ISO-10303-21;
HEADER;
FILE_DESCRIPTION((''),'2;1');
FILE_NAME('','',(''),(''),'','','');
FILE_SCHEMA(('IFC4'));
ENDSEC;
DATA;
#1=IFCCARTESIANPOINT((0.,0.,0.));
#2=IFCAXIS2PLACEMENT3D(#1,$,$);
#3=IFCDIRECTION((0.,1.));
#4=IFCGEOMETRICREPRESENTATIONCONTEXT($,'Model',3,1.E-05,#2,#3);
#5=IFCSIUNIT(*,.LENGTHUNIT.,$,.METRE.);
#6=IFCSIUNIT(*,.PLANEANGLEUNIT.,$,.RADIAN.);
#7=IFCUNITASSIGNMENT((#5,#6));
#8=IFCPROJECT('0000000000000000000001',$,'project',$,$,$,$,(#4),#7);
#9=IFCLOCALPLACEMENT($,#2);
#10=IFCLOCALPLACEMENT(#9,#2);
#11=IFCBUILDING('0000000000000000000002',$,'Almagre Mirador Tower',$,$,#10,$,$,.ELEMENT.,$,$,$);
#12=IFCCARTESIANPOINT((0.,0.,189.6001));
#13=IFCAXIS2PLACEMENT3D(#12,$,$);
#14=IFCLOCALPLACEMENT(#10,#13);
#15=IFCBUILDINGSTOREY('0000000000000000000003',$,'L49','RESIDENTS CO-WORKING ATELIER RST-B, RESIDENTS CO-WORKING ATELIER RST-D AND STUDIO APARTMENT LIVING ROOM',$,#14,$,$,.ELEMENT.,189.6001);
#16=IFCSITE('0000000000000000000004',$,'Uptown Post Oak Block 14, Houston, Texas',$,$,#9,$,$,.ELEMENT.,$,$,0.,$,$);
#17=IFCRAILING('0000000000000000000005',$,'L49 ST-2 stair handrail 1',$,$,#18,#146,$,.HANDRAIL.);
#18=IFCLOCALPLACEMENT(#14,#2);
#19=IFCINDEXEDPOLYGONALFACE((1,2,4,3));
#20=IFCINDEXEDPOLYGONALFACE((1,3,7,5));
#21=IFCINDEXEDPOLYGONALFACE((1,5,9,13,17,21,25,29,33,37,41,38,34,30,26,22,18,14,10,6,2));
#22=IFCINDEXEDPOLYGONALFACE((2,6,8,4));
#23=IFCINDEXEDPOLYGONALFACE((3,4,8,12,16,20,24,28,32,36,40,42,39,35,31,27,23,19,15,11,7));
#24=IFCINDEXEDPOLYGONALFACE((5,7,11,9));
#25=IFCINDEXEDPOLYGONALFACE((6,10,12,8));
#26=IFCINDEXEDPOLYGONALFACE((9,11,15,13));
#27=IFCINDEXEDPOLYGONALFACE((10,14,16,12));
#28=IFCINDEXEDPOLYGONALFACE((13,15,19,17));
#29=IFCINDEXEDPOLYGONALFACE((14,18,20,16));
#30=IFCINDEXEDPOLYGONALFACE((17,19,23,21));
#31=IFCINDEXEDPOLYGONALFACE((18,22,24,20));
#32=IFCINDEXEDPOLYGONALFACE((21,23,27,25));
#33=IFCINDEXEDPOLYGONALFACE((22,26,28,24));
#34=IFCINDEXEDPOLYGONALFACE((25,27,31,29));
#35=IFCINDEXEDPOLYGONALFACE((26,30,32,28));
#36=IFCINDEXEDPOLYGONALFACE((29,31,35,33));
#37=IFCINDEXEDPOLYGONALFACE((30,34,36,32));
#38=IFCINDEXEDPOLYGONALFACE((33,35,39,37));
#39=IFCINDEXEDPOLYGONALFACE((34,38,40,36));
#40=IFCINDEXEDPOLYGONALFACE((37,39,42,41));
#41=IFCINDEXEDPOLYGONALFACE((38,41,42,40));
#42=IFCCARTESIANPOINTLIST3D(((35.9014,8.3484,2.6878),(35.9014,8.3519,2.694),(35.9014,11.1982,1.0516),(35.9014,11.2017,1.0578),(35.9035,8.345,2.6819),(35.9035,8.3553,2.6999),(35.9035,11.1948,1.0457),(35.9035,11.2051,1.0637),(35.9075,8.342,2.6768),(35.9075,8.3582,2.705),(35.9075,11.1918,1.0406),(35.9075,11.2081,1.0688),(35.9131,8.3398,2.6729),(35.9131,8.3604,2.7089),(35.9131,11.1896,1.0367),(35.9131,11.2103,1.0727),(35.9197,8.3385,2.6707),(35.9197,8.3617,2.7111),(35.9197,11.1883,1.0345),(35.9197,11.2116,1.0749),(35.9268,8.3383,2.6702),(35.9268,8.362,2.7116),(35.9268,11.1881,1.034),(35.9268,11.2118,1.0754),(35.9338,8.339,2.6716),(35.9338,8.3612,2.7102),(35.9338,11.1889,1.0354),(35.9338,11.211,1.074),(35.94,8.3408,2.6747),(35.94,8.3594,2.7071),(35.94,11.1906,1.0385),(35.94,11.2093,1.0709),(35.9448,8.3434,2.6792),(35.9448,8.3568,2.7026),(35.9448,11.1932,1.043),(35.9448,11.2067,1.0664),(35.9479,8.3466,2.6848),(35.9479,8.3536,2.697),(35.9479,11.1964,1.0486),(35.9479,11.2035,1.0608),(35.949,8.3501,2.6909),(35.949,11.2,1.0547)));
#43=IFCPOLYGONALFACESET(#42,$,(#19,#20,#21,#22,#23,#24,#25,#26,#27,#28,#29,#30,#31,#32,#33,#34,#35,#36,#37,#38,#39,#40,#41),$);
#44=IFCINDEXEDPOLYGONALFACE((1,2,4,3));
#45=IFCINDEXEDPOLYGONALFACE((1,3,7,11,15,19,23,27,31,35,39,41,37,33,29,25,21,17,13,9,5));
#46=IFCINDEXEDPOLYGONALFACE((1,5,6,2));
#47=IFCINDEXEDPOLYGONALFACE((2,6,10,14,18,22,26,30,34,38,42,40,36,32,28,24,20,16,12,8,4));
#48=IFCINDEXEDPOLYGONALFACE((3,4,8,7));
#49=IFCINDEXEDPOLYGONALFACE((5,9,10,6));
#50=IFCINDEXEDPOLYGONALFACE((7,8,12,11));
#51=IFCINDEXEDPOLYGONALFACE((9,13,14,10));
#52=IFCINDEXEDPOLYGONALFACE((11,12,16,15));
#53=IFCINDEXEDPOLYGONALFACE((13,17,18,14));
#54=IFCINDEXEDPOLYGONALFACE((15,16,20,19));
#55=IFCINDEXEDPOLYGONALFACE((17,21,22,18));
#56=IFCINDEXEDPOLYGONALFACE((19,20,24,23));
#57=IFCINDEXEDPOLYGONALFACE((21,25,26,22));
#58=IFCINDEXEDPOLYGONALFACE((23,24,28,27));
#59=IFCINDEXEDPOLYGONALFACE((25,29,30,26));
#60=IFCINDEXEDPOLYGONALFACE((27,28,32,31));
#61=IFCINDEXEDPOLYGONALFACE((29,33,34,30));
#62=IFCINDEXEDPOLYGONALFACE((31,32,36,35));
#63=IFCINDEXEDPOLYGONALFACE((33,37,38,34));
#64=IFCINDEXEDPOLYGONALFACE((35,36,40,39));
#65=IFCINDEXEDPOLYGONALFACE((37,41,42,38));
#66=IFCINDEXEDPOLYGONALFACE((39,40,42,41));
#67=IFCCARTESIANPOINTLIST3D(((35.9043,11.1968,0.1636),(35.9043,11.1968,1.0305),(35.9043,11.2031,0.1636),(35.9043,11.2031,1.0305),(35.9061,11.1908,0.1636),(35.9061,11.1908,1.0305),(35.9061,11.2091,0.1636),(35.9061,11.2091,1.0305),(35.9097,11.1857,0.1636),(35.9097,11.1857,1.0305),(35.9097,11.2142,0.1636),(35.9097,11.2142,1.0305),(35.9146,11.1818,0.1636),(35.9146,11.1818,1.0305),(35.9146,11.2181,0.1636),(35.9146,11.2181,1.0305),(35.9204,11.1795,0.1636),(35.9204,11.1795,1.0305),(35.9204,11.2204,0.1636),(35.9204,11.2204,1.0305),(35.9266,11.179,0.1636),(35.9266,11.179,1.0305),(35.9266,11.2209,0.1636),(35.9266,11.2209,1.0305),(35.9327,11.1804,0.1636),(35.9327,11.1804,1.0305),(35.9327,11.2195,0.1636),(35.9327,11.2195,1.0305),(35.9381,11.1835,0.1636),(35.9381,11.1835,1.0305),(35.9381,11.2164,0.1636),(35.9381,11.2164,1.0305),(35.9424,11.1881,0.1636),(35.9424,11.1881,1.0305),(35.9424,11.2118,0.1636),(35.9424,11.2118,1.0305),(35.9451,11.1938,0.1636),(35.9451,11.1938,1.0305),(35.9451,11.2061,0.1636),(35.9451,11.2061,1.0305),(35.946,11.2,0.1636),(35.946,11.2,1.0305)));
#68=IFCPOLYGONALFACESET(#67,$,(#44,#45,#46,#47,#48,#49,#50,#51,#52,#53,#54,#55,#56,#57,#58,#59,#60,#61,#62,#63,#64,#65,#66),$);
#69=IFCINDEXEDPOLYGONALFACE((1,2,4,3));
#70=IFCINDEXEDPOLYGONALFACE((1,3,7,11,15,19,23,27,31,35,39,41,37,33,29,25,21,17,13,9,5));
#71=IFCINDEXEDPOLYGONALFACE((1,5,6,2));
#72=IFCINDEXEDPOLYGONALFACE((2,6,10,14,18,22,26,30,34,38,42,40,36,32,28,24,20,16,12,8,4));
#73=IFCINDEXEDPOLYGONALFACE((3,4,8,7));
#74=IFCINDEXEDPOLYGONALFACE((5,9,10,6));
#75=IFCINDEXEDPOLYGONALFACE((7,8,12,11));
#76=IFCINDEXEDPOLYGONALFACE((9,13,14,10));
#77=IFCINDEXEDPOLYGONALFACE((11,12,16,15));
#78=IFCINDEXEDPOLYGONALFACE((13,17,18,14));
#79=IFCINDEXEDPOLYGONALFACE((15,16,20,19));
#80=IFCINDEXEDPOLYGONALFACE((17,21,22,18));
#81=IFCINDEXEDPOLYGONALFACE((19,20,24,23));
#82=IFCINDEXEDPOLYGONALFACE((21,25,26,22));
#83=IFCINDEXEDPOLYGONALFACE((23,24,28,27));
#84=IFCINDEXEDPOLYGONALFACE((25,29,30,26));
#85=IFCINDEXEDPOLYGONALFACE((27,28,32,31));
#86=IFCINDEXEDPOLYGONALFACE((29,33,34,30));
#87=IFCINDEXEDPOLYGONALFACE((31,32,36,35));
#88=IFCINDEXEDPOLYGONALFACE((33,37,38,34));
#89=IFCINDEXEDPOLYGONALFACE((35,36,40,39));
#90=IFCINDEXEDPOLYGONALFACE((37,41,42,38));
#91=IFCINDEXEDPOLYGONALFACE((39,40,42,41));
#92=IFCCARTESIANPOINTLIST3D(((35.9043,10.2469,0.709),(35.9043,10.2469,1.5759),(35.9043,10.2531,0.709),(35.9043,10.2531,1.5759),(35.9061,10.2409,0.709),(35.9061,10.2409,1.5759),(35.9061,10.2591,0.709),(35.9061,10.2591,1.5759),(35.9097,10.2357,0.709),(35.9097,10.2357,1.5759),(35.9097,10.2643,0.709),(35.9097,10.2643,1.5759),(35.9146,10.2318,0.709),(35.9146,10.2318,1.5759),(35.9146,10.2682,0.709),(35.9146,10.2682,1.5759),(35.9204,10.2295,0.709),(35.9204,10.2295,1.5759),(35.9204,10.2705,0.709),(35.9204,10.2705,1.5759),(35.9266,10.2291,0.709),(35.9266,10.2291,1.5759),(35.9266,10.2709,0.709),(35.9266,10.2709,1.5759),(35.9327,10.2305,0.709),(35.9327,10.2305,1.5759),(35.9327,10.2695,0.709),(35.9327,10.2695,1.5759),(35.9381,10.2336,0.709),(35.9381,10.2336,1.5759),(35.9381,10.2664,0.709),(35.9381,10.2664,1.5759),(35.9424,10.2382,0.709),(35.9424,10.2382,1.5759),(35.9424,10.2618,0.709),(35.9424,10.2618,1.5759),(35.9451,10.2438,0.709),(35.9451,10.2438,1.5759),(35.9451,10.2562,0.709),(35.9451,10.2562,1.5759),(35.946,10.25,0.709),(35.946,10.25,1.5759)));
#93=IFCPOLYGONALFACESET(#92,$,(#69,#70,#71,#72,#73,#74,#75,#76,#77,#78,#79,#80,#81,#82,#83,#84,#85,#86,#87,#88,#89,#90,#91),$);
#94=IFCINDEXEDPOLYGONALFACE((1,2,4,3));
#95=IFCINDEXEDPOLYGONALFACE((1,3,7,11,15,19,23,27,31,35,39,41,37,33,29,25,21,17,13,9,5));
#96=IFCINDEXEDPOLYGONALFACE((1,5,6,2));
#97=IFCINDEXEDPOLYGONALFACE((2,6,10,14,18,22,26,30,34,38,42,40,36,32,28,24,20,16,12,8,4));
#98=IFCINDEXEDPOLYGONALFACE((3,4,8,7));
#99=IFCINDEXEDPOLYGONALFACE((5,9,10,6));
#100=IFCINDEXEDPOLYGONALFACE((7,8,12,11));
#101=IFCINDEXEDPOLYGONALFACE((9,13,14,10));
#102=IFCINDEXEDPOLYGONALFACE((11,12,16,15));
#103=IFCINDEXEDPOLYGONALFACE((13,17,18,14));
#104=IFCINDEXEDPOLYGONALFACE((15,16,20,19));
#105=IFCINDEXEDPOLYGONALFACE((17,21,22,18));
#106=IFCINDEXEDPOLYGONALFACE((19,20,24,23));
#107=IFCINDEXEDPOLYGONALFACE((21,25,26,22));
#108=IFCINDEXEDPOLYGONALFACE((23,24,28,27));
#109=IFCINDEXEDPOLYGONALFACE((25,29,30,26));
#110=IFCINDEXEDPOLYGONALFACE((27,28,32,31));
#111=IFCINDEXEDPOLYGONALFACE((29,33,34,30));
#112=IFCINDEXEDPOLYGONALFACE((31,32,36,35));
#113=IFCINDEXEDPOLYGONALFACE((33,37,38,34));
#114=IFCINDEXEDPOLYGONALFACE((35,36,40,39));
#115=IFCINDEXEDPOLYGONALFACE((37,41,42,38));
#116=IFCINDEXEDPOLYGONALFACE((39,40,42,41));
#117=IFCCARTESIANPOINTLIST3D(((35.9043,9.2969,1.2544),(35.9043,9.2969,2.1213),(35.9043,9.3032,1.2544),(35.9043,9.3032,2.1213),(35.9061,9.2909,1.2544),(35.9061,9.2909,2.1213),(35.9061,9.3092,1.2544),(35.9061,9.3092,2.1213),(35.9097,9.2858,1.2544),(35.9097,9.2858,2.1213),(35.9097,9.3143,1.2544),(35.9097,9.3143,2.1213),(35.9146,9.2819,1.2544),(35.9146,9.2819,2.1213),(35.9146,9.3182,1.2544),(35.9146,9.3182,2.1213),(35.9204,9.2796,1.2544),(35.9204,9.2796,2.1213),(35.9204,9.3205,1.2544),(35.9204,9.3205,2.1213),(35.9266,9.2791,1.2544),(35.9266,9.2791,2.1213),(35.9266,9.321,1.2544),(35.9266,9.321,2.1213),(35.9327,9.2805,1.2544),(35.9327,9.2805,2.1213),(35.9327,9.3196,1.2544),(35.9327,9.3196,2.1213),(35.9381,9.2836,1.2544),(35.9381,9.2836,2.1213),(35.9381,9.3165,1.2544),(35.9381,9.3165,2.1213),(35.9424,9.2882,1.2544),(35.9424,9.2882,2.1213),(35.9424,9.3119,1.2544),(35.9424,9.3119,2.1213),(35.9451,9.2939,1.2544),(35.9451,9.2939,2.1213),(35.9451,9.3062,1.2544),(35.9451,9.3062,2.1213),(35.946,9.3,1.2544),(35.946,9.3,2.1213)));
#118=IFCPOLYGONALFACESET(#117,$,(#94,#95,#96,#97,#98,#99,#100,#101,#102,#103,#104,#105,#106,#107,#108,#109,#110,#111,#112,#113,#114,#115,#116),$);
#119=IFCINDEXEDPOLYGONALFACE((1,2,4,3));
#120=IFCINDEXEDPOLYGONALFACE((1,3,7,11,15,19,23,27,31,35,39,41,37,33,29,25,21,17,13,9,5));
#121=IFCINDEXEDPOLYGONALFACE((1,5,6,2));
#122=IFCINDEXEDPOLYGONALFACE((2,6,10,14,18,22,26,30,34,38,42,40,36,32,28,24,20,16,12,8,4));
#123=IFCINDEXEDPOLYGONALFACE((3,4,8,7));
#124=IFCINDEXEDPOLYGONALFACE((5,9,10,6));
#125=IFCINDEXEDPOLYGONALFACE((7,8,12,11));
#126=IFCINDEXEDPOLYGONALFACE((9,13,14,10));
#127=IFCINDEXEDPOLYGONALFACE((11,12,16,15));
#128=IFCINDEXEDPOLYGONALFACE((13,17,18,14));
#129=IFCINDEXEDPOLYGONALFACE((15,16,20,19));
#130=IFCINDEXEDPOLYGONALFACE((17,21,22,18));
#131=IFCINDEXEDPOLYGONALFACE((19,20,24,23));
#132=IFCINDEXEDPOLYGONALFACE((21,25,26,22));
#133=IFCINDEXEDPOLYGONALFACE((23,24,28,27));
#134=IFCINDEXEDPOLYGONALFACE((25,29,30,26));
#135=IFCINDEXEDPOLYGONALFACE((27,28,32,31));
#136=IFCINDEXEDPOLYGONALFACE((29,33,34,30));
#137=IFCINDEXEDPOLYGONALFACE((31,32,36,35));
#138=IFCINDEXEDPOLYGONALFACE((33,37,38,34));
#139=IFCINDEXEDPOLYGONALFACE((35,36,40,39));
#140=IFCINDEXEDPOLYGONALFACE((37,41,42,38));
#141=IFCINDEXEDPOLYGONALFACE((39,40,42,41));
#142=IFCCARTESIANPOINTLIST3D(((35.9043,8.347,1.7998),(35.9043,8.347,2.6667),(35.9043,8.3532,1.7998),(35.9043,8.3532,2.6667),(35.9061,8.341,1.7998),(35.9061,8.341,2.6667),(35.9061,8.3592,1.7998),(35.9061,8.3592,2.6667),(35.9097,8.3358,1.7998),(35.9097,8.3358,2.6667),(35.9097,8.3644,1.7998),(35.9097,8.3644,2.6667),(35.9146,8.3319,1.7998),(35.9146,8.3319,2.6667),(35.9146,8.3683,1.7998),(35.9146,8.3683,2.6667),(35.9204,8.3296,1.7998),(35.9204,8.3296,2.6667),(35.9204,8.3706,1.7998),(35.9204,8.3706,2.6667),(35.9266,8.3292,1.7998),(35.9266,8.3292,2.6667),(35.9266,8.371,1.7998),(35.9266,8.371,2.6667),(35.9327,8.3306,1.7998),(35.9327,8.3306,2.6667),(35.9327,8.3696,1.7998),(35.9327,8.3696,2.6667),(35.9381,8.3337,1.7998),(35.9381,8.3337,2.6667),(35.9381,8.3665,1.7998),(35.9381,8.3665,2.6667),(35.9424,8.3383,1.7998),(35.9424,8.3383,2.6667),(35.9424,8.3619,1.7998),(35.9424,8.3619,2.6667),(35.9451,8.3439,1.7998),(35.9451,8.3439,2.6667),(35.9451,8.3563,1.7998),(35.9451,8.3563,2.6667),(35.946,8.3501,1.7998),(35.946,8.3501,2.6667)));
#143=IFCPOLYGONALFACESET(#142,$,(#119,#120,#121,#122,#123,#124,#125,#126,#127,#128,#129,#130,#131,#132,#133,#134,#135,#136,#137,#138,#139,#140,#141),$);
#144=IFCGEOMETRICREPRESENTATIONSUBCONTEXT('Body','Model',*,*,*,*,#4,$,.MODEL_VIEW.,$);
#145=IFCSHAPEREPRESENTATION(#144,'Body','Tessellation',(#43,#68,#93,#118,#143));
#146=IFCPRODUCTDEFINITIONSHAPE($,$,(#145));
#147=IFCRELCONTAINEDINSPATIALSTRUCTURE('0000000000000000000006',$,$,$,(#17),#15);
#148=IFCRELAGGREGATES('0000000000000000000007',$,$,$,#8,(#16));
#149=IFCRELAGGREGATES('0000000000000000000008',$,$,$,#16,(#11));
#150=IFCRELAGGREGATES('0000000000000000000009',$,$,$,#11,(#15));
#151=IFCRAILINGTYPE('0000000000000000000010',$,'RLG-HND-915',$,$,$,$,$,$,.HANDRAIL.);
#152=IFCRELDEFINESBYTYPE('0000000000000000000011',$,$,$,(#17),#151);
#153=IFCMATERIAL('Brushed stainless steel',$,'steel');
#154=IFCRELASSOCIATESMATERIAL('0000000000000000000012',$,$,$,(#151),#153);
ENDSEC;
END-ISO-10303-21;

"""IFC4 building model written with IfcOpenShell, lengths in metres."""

from ifc_helpers import new_model, si_unit, direction, frame, origin, origin_2d, place, context, subcontext, project, spatial, circle, extrude, material, type_object, element, save


model = new_model("IFC4")

# Units and contexts
model_context = context("Model", 3, precision=1e-05, world=origin(), true_north=direction((0.0, 1.0)))
body_context = subcontext(model_context, "Body", "Model", "MODEL_VIEW")
ifc_project = project(units=[si_unit("LENGTHUNIT", "METRE"), si_unit("PLANEANGLEUNIT", "RADIAN")], contexts=[model_context])

# Site, building, storey
site_placement = place(None, origin())
site = spatial("IfcSite", under=ifc_project, at=site_placement, Name="Uptown Post Oak Block 14, Houston, Texas", CompositionType="ELEMENT", RefElevation=0.0)
building_placement = place(site_placement, origin())
building = spatial("IfcBuilding", under=site, at=building_placement, Name="Almagre Mirador Tower", CompositionType="ELEMENT")
storey_placement = place(building_placement, frame((0.0, 0.0, 189.6001)))
storey = spatial("IfcBuildingStorey", under=building, at=storey_placement, Name="L49", Description="RESIDENTS CO-WORKING ATELIER RST-B, RESIDENTS CO-WORKING ATELIER RST-D AND STUDIO APARTMENT LIVING ROOM", CompositionType="ELEMENT", Elevation=189.6001)

# Railing
ifc_material_1 = material(Name="Brushed stainless steel", Category="steel")
railing_type_1 = type_object("IfcRailingType", Name="RLG-HND-915", PredefinedType="HANDRAIL", material=ifc_material_1)
railing_1_placement = place(storey_placement, frame((35.925, 11.2, 0.1636)))
element("IfcRailing", 1, at=railing_1_placement, inside=storey, type_object=railing_type_1, Name="L49 ST-2 stair handrail 1", PredefinedType="HANDRAIL", context=body_context, shape_type="SweptSolid", body=[
    extrude(circle(Radius=0.0239, at=origin_2d()), frame((0.0, 0.0, 0.8911), z_axis=(0.0, -0.867226, 0.497914), x_axis=(1.0, 0.0, 0.0)), (0.0, 0.0, 1.0), 3.2861),
    extrude(circle(Radius=0.021, at=origin_2d()), origin(), (0.0, 0.0, 1.0), 0.8669),
    extrude(circle(Radius=0.021, at=origin_2d()), frame((0.0, -0.95, 0.5454)), (0.0, 0.0, 1.0), 0.8669),
    extrude(circle(Radius=0.021, at=origin_2d()), frame((0.0, -1.8999, 1.0908)), (0.0, 0.0, 1.0), 0.8669),
    extrude(circle(Radius=0.021, at=origin_2d()), frame((0.0, -2.8499, 1.6362)), (0.0, 0.0, 1.0), 0.8669),
])

save(model, "model.ifc")
